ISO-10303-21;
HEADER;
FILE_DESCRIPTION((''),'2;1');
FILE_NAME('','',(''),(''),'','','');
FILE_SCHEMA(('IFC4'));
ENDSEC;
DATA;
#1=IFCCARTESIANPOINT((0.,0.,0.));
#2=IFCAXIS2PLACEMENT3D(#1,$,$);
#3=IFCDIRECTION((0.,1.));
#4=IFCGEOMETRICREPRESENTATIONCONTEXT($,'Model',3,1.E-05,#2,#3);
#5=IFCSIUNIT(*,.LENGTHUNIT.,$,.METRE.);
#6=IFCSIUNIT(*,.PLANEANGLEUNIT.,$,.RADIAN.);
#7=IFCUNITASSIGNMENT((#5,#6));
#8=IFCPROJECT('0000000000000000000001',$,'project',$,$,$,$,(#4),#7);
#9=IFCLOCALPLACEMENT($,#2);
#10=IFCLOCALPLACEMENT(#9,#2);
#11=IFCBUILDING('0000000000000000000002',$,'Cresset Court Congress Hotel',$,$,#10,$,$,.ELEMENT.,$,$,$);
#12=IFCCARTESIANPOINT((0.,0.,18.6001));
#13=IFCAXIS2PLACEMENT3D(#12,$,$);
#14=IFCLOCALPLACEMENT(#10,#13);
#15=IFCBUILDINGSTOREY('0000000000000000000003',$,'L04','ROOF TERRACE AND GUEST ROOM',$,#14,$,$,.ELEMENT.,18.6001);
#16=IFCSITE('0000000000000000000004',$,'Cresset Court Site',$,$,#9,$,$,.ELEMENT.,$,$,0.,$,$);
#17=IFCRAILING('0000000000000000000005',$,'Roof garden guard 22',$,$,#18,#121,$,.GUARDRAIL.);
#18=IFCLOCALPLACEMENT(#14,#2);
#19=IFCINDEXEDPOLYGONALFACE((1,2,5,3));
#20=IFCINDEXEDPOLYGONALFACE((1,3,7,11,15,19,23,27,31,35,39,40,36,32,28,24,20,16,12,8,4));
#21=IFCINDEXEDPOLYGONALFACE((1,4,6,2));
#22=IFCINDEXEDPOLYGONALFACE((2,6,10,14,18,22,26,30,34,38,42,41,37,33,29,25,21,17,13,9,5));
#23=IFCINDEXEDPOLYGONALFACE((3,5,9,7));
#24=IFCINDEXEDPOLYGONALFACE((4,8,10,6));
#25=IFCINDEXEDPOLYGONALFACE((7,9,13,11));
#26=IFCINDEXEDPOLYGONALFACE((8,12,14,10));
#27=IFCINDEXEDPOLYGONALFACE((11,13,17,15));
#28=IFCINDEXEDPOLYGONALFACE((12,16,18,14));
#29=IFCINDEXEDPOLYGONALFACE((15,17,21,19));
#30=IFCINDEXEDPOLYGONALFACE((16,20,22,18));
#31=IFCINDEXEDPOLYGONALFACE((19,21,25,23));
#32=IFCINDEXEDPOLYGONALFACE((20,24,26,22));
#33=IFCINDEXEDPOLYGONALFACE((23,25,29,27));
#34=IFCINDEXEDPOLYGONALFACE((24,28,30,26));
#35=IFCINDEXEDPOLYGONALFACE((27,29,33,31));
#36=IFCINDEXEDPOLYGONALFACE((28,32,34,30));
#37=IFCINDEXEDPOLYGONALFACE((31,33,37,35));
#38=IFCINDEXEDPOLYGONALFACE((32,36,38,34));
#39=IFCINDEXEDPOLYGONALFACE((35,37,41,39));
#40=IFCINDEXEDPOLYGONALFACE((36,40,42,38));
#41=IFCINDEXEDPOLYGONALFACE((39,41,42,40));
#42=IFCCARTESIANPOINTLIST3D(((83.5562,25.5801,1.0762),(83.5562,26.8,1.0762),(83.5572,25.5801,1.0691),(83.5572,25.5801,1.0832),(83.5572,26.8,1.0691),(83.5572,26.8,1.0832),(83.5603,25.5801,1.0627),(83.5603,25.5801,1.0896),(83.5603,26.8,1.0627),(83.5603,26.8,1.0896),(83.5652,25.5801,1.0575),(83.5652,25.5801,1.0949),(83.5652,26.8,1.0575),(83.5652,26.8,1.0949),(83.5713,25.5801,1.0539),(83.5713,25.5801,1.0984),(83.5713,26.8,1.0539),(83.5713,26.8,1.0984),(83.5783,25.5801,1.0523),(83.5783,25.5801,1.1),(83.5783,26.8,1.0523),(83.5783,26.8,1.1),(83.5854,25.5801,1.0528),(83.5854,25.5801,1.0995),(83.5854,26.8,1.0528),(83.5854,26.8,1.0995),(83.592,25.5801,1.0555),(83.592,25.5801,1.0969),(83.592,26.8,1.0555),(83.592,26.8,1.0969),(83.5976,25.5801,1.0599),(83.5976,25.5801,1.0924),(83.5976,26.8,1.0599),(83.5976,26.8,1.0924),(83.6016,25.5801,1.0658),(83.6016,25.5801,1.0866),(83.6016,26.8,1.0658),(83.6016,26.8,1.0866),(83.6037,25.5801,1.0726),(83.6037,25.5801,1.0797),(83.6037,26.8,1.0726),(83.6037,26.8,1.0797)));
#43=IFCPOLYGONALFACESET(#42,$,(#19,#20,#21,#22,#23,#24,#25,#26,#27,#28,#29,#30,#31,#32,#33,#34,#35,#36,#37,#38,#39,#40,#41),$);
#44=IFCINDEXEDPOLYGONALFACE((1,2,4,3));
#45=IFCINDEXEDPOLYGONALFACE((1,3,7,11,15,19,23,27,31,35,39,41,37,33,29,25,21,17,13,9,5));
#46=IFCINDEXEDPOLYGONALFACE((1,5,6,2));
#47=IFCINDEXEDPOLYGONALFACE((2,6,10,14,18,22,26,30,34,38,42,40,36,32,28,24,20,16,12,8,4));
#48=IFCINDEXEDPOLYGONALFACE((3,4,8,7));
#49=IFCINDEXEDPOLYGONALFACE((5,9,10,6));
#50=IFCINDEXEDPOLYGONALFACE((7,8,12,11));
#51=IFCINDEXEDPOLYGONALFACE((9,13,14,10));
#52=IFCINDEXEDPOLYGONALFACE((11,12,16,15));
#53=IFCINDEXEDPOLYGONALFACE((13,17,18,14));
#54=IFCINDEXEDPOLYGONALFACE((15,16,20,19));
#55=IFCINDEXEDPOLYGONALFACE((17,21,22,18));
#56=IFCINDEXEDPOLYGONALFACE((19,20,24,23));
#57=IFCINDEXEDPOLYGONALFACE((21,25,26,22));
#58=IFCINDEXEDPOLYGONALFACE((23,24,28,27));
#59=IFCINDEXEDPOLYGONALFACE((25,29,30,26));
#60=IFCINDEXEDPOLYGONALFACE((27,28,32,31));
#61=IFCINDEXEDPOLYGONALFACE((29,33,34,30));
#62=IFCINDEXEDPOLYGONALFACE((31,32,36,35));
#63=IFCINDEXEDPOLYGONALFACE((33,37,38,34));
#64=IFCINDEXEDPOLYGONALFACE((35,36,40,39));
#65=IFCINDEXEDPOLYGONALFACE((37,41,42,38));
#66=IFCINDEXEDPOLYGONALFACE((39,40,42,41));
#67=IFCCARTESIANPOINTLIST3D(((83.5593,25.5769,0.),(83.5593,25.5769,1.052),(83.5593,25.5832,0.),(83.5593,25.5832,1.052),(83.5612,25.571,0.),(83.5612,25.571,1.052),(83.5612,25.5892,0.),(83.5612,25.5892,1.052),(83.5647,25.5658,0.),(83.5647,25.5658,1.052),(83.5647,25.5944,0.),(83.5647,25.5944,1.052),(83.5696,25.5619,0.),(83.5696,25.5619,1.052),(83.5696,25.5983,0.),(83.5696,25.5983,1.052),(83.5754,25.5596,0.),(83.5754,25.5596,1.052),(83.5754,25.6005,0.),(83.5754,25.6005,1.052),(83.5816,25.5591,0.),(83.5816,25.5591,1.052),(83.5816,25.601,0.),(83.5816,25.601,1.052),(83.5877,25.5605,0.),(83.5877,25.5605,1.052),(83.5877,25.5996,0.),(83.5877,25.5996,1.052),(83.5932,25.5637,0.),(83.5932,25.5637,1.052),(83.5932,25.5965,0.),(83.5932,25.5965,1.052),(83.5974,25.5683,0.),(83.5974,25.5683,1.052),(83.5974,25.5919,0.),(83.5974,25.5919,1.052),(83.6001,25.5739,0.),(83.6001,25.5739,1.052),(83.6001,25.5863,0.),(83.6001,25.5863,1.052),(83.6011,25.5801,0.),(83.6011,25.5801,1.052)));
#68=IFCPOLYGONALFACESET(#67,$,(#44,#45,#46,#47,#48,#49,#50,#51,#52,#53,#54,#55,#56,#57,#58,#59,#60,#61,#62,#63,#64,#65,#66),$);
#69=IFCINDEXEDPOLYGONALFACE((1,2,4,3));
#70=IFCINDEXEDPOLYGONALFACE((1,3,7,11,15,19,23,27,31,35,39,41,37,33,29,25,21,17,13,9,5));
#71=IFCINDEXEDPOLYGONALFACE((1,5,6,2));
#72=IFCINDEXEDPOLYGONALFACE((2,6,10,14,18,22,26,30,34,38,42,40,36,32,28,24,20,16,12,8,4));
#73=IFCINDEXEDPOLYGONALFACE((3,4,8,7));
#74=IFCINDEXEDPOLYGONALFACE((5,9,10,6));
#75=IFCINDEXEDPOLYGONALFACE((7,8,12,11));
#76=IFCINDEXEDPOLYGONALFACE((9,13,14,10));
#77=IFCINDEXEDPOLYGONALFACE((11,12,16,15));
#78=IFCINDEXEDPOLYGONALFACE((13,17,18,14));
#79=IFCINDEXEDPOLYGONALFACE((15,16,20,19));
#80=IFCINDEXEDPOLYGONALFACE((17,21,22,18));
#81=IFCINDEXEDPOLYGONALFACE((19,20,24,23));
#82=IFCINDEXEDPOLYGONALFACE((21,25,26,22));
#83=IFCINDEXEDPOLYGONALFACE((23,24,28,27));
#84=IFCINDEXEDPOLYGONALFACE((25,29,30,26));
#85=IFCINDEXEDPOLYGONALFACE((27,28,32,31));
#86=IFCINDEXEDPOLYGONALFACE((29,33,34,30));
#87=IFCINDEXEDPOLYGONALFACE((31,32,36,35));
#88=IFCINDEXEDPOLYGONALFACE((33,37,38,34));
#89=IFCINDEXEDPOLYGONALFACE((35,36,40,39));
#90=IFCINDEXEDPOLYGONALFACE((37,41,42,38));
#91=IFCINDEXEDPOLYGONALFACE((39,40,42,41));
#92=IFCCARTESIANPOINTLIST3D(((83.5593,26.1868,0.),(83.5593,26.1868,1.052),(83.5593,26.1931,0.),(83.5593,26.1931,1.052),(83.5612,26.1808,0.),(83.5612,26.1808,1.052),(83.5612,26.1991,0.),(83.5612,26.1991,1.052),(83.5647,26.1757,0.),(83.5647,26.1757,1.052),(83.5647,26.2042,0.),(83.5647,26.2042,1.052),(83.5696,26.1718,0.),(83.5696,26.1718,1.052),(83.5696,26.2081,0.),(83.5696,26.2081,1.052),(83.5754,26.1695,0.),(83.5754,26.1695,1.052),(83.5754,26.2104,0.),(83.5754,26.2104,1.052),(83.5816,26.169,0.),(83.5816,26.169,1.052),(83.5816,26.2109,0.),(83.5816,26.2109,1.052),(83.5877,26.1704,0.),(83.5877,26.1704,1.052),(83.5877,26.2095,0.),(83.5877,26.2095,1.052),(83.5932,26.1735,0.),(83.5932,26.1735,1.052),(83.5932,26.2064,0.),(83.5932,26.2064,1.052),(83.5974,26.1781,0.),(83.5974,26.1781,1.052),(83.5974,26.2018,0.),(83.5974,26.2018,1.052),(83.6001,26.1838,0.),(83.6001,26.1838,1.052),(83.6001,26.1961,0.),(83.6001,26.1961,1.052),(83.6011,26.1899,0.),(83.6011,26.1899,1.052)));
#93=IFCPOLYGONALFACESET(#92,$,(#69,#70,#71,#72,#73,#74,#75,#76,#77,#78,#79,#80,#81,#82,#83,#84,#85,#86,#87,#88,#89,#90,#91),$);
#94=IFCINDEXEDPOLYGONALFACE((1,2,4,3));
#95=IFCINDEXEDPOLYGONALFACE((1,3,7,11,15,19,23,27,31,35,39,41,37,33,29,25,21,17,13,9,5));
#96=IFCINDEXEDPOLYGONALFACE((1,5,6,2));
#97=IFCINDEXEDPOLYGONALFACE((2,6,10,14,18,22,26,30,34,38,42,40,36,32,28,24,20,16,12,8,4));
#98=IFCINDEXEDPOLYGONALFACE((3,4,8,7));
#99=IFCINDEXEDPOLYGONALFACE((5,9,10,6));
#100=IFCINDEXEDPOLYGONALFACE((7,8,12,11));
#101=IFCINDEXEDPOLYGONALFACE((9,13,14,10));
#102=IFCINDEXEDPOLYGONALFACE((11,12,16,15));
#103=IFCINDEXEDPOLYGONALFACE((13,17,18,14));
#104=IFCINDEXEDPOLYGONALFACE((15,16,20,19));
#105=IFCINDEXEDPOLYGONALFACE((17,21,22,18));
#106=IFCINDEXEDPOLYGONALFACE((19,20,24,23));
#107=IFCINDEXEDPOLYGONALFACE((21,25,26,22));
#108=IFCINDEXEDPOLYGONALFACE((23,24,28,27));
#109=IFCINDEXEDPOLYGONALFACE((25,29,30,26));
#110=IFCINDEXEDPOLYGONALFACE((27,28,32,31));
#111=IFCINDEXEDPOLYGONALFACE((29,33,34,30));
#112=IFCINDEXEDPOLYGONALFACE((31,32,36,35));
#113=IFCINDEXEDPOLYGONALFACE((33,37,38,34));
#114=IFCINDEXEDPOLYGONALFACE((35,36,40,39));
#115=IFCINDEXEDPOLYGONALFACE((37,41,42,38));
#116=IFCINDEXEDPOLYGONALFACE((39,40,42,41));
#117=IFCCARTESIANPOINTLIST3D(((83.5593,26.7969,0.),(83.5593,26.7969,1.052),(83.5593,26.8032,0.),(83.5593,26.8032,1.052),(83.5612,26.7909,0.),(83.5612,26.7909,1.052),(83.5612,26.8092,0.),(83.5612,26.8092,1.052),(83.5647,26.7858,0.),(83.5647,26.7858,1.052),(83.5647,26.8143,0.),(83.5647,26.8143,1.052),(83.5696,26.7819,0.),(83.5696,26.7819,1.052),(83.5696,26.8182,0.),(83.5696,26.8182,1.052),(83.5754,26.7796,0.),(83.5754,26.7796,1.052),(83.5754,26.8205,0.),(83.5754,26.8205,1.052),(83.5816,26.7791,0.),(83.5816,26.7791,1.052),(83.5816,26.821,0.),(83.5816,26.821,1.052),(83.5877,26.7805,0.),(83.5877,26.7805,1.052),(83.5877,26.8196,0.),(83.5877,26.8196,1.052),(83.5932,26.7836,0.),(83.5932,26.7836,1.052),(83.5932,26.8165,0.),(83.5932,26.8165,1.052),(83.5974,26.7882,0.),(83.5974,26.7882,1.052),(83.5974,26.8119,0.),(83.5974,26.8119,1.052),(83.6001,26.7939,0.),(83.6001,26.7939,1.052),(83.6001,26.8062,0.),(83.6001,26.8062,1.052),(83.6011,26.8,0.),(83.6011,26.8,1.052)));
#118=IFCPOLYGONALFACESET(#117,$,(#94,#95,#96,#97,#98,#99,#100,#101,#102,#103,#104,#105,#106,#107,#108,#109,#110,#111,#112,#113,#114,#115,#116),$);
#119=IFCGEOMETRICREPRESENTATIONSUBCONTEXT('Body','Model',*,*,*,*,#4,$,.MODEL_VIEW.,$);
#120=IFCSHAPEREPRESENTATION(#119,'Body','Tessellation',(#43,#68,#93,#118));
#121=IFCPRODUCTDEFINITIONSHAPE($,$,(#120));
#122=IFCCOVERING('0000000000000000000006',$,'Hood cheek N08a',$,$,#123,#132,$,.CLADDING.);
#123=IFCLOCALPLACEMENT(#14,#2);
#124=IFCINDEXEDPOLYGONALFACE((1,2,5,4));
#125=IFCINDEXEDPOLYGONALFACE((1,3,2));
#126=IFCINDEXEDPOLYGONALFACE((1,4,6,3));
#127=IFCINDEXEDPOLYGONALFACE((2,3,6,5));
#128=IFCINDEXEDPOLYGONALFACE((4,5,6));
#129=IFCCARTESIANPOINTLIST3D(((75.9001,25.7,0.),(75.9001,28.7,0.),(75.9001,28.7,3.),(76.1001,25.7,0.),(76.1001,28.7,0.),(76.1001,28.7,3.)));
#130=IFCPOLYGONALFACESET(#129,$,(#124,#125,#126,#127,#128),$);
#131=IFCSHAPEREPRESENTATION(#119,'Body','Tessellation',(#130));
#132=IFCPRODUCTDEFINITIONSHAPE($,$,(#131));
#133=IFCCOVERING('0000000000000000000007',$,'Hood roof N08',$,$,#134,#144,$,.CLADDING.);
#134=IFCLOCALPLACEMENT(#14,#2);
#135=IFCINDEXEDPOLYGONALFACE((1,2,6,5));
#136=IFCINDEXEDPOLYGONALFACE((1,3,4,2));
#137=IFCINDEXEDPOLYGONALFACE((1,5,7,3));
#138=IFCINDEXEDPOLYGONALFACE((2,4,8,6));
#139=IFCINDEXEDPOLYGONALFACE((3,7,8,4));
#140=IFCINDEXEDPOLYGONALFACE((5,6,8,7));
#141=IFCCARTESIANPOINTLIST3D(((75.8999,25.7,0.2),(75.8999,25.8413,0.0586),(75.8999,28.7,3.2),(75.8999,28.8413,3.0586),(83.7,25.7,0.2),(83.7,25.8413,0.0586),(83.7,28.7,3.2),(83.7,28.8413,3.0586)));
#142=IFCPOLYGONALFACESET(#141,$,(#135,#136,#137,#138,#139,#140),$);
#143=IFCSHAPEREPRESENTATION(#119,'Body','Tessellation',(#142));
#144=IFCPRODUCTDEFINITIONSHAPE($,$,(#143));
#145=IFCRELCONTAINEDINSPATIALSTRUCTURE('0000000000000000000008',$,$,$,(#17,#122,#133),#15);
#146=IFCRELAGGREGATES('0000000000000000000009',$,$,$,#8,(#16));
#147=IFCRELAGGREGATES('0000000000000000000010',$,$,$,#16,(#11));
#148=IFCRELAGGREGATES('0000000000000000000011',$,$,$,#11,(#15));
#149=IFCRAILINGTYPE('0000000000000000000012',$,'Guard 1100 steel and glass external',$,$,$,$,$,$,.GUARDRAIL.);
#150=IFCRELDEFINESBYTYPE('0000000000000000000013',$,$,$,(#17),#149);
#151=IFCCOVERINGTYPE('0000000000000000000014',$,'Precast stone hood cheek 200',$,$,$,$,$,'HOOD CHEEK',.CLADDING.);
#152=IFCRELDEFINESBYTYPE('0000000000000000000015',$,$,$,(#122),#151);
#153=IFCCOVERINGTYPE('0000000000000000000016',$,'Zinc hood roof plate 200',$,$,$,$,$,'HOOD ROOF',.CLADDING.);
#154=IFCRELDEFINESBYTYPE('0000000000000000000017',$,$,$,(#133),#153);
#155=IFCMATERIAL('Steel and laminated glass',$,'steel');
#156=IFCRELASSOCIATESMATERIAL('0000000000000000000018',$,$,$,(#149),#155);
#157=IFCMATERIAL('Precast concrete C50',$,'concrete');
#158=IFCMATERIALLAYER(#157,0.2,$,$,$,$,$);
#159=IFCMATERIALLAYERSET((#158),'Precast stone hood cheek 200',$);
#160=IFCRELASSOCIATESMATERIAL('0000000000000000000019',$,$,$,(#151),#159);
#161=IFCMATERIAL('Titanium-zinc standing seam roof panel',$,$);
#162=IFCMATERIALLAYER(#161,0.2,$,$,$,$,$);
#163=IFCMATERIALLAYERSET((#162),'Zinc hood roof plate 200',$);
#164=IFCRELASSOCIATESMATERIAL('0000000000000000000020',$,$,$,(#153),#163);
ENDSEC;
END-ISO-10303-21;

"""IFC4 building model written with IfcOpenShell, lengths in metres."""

from ifc_helpers import new_model, si_unit, direction, frame, origin, origin_2d, place, context, subcontext, project, spatial, polyline, circle, outline, extrude, material, layer, layer_set, type_object, element, save


model = new_model("IFC4")

# Units and contexts
model_context = context("Model", 3, precision=1e-05, world=origin(), true_north=direction((0.0, 1.0)))
body_context = subcontext(model_context, "Body", "Model", "MODEL_VIEW")
ifc_project = project(units=[si_unit("LENGTHUNIT", "METRE"), si_unit("PLANEANGLEUNIT", "RADIAN")], contexts=[model_context])

# Site, building, storey
site_placement = place(None, origin())
site = spatial("IfcSite", under=ifc_project, at=site_placement, Name="Cresset Court Site", CompositionType="ELEMENT", RefElevation=0.0)
building_placement = place(site_placement, origin())
building = spatial("IfcBuilding", under=site, at=building_placement, Name="Cresset Court Congress Hotel", CompositionType="ELEMENT")
storey_placement = place(building_placement, frame((0.0, 0.0, 18.6001)))
storey = spatial("IfcBuildingStorey", under=building, at=storey_placement, Name="L04", Description="ROOF TERRACE AND GUEST ROOM", CompositionType="ELEMENT", Elevation=18.6001)

# Railing
ifc_material_1 = material(Name="Steel and laminated glass", Category="steel")
railing_type = type_object("IfcRailingType", Name="Guard 1100 steel and glass external", PredefinedType="GUARDRAIL", material=ifc_material_1)
for number, where, name in (
    (1, (83.5801, 25.5801, 0.0), "Roof garden guard 22"),
):
    element("IfcRailing", number, at=place(storey_placement, frame(where)), inside=storey, type_object=railing_type, Name=name, PredefinedType="GUARDRAIL", context=body_context, shape_type="SweptSolid", body=[
        extrude(circle(Radius=0.0239, at=origin_2d()), frame((0.0, 0.0, 1.0762), z_axis=(0.0, 1.0, 0.0), x_axis=(-1.0, 0.0, 0.0)), (0.0, 0.0, 1.0), 1.22),
        extrude(circle(Radius=0.021, at=origin_2d()), origin(), (0.0, 0.0, 1.0), 1.052),
        extrude(circle(Radius=0.021, at=origin_2d()), frame((0.0, 0.6099, 0.0)), (0.0, 0.0, 1.0), 1.052),
        extrude(circle(Radius=0.021, at=origin_2d()), frame((0.0, 1.22, 0.0)), (0.0, 0.0, 1.0), 1.052),
    ])

# Coverings
ifc_material_2 = material(Name="Precast concrete C50", Category="concrete")
ifc_layer_1 = layer(ifc_material_2, 0.2)
ifc_layer_set_1 = layer_set([ifc_layer_1], Name="Precast stone hood cheek 200")
covering_type_1 = type_object("IfcCoveringType", Name="Precast stone hood cheek 200", ElementType="HOOD CHEEK", PredefinedType="CLADDING", material=ifc_layer_set_1)
covering_1_placement = place(storey_placement, frame((76.1001, 25.7, 0.0), z_axis=(1.0, 0.0, 0.0), x_axis=(0.0, 1.0, 0.0)))
element("IfcCovering", 2, at=covering_1_placement, inside=storey, type_object=covering_type_1, Name="Hood cheek N08a", PredefinedType="CLADDING", context=body_context, shape_type="SweptSolid", body=[
    extrude(outline(polyline([(0.0, 0.0), (3.0, 0.0), (3.0, 3.0), (0.0, 0.0)])), origin(), (0.0, 0.0, -1.0), 0.2),
])
ifc_material_3 = material(Name="Titanium-zinc standing seam roof panel")
ifc_layer_2 = layer(ifc_material_3, 0.2)
ifc_layer_set_2 = layer_set([ifc_layer_2], Name="Zinc hood roof plate 200")
covering_type_2 = type_object("IfcCoveringType", Name="Zinc hood roof plate 200", ElementType="HOOD ROOF", PredefinedType="CLADDING", material=ifc_layer_set_2)
covering_2_placement = place(storey_placement, frame((75.8999, 25.7, 0.2), z_axis=(0.0, -0.707107, 0.707107), x_axis=(1.0, 0.0, 0.0)))
element("IfcCovering", 3, at=covering_2_placement, inside=storey, type_object=covering_type_2, Name="Hood roof N08", PredefinedType="CLADDING", context=body_context, shape_type="SweptSolid", body=[
    extrude(outline(polyline([(0.0, 0.0), (7.8, 0.0), (7.8, 4.2426), (0.0, 4.2426), (0.0, 0.0)])), origin(), (0.0, 0.0, -1.0), 0.2),
])

save(model, "model.ifc")
